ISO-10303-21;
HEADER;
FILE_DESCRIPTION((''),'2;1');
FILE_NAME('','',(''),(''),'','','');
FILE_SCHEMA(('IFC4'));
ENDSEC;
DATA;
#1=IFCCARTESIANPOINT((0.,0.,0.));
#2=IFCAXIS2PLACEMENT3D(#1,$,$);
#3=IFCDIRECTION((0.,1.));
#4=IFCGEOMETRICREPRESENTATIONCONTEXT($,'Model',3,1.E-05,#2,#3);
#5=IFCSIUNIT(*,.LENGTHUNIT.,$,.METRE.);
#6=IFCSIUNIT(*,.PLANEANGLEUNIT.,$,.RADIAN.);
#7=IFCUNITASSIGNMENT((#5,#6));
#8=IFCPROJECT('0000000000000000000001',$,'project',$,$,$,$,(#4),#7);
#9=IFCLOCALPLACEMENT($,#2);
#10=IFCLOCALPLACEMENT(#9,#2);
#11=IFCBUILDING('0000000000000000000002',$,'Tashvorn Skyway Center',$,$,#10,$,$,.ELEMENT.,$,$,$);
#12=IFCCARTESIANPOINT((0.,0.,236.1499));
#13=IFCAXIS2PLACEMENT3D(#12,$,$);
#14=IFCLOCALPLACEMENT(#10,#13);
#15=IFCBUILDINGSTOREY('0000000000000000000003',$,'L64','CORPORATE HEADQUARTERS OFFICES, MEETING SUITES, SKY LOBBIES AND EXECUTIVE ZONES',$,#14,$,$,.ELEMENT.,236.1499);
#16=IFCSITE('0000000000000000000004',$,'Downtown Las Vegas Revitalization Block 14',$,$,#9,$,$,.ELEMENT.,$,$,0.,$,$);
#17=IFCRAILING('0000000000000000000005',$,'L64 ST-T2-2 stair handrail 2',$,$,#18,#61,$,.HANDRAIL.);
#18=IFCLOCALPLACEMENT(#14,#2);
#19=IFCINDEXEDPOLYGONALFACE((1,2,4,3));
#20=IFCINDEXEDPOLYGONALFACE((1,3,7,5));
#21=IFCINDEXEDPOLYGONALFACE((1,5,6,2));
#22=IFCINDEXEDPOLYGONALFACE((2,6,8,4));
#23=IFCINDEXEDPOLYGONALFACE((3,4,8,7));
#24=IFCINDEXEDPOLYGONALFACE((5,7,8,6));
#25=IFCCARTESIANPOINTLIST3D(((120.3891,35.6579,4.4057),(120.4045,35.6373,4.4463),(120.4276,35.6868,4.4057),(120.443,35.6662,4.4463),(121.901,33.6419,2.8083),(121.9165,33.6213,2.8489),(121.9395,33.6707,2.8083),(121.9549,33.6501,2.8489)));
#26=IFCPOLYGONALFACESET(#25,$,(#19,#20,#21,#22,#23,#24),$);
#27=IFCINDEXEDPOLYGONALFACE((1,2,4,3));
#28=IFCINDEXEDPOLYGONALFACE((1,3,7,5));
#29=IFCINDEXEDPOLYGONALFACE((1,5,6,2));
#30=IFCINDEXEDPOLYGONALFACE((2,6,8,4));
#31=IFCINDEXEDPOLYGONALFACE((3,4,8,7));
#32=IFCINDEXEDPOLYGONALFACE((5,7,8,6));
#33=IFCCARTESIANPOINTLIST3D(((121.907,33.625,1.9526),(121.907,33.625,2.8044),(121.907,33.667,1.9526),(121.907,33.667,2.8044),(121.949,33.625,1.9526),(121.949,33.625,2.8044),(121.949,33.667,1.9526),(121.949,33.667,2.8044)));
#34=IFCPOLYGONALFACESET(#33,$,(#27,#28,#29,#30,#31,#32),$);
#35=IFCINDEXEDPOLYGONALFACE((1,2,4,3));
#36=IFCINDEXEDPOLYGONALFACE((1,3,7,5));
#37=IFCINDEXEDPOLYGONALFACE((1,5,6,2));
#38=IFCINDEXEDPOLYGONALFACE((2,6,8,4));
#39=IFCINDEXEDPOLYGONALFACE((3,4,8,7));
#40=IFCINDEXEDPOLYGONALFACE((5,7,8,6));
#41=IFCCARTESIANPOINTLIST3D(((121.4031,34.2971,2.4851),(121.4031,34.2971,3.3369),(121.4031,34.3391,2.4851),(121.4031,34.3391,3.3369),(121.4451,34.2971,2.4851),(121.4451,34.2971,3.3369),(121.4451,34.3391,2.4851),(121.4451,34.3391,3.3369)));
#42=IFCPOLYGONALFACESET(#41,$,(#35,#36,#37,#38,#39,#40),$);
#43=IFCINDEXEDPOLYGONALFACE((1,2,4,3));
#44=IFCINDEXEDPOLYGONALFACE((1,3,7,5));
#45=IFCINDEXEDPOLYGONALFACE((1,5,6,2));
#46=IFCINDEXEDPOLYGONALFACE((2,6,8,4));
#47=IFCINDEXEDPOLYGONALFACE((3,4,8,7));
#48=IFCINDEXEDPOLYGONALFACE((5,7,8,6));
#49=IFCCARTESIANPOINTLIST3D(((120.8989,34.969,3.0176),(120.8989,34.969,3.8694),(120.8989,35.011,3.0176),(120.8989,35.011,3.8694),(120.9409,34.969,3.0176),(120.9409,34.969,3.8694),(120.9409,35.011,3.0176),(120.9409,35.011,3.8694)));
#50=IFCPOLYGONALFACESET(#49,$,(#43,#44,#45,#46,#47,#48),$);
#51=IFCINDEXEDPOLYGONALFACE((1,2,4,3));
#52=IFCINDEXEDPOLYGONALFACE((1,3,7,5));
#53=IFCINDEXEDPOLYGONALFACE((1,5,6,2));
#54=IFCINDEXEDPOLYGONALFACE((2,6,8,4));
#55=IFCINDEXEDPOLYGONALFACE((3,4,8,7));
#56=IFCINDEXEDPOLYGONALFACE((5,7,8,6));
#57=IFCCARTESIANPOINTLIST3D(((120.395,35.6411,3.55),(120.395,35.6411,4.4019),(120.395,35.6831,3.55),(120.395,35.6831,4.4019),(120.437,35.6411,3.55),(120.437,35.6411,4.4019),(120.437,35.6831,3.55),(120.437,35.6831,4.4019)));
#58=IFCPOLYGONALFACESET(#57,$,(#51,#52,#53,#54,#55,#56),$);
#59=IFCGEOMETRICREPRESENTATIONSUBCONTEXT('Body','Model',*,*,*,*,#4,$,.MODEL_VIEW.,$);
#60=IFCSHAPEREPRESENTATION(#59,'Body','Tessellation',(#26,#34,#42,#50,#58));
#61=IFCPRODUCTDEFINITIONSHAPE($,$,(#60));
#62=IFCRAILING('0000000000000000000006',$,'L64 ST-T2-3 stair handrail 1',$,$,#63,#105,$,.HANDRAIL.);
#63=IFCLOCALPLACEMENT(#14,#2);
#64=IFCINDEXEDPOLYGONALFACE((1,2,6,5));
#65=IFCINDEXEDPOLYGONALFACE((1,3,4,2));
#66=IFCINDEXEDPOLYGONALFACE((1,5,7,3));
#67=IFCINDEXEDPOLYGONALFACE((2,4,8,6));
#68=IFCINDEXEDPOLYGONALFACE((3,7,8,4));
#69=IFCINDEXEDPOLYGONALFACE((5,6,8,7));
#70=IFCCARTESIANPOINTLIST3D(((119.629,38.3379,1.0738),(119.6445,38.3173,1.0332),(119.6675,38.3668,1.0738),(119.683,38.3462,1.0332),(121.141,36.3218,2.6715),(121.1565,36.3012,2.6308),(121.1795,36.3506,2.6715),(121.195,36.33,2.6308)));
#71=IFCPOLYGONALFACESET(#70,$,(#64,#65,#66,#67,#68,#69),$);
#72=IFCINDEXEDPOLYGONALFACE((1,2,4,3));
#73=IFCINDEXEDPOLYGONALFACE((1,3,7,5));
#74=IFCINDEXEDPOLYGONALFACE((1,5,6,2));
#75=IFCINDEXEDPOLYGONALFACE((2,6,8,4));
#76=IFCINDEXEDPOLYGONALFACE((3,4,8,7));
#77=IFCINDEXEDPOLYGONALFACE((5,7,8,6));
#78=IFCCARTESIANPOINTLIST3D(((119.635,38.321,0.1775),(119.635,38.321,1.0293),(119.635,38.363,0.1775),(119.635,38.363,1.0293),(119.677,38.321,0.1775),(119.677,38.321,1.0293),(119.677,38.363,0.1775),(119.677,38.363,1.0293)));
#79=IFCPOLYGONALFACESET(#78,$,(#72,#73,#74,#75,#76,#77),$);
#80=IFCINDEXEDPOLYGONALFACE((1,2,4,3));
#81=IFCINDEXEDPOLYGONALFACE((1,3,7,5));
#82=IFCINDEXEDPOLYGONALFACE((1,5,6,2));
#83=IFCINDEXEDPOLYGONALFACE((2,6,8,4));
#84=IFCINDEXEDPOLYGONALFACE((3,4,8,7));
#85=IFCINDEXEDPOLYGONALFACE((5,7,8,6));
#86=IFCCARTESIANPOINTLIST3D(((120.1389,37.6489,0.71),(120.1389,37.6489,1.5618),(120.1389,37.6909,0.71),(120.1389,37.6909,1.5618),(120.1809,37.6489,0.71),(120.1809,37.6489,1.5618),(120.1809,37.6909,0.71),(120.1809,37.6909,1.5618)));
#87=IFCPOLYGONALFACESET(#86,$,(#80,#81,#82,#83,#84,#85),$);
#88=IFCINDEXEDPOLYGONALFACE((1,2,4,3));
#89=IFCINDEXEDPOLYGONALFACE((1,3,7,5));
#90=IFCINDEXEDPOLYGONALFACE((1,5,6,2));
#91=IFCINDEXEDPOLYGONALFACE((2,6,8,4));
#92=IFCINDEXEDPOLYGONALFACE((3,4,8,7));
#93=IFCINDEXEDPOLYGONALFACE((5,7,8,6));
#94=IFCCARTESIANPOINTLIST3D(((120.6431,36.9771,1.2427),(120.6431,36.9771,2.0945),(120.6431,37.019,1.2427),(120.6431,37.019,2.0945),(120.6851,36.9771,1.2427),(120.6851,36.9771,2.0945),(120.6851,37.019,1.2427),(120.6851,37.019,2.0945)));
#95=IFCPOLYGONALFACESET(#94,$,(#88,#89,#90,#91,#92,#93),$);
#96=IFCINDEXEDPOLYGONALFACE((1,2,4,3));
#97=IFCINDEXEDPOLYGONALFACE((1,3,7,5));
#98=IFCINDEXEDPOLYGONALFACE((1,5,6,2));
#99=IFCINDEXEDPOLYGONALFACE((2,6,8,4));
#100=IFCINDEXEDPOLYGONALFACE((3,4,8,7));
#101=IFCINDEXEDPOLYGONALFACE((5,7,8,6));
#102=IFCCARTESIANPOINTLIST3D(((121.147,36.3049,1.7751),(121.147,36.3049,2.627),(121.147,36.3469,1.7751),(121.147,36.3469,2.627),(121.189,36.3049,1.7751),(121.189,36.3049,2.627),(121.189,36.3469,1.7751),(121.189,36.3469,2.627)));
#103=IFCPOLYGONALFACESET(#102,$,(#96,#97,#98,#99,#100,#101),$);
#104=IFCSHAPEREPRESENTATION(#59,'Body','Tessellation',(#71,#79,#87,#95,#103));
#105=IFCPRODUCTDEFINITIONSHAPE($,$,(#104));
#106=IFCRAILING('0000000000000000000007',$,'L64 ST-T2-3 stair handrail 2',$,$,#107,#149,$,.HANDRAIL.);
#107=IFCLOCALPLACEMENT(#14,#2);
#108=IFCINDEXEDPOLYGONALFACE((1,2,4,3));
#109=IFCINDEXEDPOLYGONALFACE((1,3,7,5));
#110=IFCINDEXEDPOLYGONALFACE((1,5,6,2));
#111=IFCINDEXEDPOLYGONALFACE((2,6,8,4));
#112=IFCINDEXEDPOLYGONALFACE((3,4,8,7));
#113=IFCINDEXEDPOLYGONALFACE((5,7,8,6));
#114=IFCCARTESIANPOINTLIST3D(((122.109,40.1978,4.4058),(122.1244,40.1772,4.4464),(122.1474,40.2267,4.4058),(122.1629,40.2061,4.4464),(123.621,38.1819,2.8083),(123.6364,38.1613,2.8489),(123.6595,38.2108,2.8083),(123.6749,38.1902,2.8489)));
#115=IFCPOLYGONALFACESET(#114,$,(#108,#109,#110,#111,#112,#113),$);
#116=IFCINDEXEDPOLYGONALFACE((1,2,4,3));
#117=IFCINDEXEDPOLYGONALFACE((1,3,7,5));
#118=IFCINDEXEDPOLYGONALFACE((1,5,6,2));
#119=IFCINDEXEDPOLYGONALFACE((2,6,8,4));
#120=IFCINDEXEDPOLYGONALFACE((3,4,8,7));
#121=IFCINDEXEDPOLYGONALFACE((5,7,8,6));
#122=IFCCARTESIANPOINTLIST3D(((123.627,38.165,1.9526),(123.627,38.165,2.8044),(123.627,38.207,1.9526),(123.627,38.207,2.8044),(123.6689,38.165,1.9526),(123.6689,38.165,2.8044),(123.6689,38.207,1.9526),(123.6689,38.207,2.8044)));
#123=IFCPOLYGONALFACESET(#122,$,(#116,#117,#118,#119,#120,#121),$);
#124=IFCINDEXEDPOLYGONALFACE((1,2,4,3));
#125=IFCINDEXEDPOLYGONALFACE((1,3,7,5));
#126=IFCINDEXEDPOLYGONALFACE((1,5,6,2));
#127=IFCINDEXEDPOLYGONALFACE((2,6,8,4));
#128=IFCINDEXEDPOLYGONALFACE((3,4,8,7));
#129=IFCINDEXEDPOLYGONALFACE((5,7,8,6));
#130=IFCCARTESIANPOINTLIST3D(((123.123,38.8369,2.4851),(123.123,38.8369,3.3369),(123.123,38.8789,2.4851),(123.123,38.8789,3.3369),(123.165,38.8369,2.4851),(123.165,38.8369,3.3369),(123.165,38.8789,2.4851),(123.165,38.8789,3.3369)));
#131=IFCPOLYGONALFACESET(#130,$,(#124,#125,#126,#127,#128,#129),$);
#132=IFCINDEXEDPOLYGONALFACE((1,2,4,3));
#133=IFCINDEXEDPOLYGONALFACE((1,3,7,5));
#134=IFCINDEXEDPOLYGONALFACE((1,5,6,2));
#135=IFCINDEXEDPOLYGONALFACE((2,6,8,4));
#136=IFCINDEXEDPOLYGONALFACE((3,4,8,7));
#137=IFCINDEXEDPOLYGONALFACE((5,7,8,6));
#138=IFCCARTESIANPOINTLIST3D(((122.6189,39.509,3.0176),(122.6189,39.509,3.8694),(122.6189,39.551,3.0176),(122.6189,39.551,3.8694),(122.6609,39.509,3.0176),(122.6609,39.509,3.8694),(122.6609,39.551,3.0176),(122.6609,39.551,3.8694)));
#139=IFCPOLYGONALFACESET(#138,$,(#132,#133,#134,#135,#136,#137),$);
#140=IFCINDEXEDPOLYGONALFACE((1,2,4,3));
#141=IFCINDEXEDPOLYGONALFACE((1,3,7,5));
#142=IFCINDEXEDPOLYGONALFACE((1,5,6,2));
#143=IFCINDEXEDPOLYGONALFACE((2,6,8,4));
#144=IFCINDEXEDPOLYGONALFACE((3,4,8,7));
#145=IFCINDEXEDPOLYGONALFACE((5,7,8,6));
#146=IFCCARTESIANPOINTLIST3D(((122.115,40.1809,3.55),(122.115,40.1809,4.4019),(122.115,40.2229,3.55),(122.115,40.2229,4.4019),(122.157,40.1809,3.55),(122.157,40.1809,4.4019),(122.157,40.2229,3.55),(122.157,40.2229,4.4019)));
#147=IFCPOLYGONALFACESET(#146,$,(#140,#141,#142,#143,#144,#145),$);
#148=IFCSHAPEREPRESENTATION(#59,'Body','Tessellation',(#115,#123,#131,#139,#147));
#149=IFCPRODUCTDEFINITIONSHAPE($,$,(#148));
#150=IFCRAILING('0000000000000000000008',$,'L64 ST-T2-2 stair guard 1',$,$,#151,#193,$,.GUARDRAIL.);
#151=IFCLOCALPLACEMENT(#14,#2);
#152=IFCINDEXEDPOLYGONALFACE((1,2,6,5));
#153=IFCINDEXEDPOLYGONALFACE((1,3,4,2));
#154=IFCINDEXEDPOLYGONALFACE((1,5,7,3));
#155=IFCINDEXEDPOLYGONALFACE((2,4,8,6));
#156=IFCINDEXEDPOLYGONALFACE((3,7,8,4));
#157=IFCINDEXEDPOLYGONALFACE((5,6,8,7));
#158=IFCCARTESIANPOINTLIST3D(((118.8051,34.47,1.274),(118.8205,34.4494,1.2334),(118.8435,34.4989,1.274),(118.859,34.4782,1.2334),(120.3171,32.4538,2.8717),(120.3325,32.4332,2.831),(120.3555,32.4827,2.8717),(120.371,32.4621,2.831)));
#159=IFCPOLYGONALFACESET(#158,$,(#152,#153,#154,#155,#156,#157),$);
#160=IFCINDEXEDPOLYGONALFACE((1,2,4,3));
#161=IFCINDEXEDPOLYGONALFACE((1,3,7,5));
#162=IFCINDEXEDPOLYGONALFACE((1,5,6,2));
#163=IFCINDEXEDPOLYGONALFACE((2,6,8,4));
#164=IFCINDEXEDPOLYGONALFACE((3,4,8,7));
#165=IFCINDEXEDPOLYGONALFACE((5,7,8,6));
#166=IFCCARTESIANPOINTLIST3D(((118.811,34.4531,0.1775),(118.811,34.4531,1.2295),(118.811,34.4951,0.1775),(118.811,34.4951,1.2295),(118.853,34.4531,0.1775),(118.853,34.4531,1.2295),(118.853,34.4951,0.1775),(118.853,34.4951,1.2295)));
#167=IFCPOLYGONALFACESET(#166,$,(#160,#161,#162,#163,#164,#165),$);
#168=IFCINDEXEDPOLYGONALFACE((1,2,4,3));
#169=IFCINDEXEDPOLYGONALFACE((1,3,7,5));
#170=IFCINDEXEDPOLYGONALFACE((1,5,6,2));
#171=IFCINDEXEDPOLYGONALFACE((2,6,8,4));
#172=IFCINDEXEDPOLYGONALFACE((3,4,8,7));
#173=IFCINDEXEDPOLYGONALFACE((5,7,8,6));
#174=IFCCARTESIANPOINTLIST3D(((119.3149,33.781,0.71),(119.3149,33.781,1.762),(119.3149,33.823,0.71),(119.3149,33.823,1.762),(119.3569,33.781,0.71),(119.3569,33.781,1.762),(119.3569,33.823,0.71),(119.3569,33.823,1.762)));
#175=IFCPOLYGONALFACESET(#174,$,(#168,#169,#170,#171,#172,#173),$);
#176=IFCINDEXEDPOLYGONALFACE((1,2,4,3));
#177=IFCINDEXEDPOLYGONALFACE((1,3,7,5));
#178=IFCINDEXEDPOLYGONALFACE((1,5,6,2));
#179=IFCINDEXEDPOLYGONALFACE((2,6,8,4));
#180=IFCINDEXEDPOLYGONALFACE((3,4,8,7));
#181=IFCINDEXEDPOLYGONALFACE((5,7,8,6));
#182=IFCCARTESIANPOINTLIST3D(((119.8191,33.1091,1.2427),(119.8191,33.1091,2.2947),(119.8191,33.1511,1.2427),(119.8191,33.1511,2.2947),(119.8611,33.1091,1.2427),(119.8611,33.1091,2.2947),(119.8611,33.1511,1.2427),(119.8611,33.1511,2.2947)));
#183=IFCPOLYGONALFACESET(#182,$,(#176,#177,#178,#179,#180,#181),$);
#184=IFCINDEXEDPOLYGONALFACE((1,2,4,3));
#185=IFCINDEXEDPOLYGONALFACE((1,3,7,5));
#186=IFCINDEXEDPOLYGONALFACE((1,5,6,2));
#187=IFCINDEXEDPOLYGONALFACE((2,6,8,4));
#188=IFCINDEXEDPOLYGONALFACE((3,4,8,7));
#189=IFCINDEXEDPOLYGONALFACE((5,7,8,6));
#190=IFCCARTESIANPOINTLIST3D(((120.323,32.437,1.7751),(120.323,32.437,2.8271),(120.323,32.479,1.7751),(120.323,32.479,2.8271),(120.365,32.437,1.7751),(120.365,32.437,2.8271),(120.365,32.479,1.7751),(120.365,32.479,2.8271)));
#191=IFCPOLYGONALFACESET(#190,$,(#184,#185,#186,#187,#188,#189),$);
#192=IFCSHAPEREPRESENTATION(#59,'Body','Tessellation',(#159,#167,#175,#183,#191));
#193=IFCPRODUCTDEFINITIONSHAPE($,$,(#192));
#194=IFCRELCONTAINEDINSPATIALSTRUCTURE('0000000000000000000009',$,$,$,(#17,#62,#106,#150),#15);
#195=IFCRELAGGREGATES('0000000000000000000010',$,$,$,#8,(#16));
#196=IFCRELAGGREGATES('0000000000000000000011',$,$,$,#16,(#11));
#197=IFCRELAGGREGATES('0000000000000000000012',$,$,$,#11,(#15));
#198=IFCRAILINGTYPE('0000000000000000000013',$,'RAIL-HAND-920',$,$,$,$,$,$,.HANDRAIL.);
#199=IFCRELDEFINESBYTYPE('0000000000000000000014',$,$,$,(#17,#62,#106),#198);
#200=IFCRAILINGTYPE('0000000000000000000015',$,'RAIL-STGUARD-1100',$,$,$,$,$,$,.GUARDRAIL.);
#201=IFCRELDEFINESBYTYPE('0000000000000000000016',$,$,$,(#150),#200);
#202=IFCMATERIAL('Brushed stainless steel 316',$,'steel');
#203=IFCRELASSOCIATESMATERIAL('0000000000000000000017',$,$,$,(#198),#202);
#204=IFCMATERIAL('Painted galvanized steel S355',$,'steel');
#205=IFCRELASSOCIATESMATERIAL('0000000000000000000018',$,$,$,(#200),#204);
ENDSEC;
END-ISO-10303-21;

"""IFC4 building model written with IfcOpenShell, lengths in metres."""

from ifc_helpers import new_model, si_unit, direction, frame, origin, origin_2d, place, context, subcontext, project, spatial, rectangle, extrude, material, type_object, element, save


model = new_model("IFC4")

# Units and contexts
model_context = context("Model", 3, precision=1e-05, world=origin(), true_north=direction((0.0, 1.0)))
body_context = subcontext(model_context, "Body", "Model", "MODEL_VIEW")
ifc_project = project(units=[si_unit("LENGTHUNIT", "METRE"), si_unit("PLANEANGLEUNIT", "RADIAN")], contexts=[model_context])

# Site, building, storey
site_placement = place(None, origin())
site = spatial("IfcSite", under=ifc_project, at=site_placement, Name="Downtown Las Vegas Revitalization Block 14", CompositionType="ELEMENT", RefElevation=0.0)
building_placement = place(site_placement, origin())
building = spatial("IfcBuilding", under=site, at=building_placement, Name="Tashvorn Skyway Center", CompositionType="ELEMENT")
storey_placement = place(building_placement, frame((0.0, 0.0, 236.1499)))
storey = spatial("IfcBuildingStorey", under=building, at=storey_placement, Name="L64", Description="CORPORATE HEADQUARTERS OFFICES, MEETING SUITES, SKY LOBBIES AND EXECUTIVE ZONES", CompositionType="ELEMENT", Elevation=236.1499)

# Railings
ifc_material_1 = material(Name="Brushed stainless steel 316", Category="steel")
railing_type_1 = type_object("IfcRailingType", Name="RAIL-HAND-920", PredefinedType="HANDRAIL", material=ifc_material_1)
railing_1_placement = place(storey_placement, frame((121.928, 33.646, 1.9526)))
element("IfcRailing", 1, at=railing_1_placement, inside=storey, type_object=railing_type_1, Name="L64 ST-T2-2 stair handrail 2", PredefinedType="HANDRAIL", context=body_context, shape_type="SweptSolid", body=[
    extrude(rectangle(XDim=0.0481, YDim=0.0481, at=origin_2d()), frame((0.0, 0.0, 0.876), z_axis=(-0.506741, 0.675709, 0.535379), x_axis=(-0.800023, -0.599969, 0.0)), (0.0, 0.0, 1.0), 2.9836),
    extrude(rectangle(XDim=0.042, YDim=0.042, at=origin_2d()), origin(), (0.0, 0.0, 1.0), 0.8518),
    extrude(rectangle(XDim=0.042, YDim=0.042, at=origin_2d()), frame((-0.5039, 0.6721, 0.5325)), (0.0, 0.0, 1.0), 0.8518),
    extrude(rectangle(XDim=0.042, YDim=0.042, at=origin_2d()), frame((-1.0081, 1.344, 1.0649)), (0.0, 0.0, 1.0), 0.8518),
    extrude(rectangle(XDim=0.042, YDim=0.042, at=origin_2d()), frame((-1.512, 2.0161, 1.5974)), (0.0, 0.0, 1.0), 0.8518),
])
railing_2_placement = place(storey_placement, frame((119.656, 38.342, 0.1775)))
element("IfcRailing", 2, at=railing_2_placement, inside=storey, type_object=railing_type_1, Name="L64 ST-T2-3 stair handrail 1", PredefinedType="HANDRAIL", context=body_context, shape_type="SweptSolid", body=[
    extrude(rectangle(XDim=0.0481, YDim=0.0481, at=origin_2d()), frame((0.0, 0.0, 0.876), z_axis=(0.506719, -0.675679, 0.535438), x_axis=(0.800023, 0.599969, 0.0)), (0.0, 0.0, 1.0), 2.9839),
    extrude(rectangle(XDim=0.042, YDim=0.042, at=origin_2d()), origin(), (0.0, 0.0, 1.0), 0.8518),
    extrude(rectangle(XDim=0.042, YDim=0.042, at=origin_2d()), frame((0.5039, -0.6721, 0.5325)), (0.0, 0.0, 1.0), 0.8518),
    extrude(rectangle(XDim=0.042, YDim=0.042, at=origin_2d()), frame((1.0081, -1.344, 1.0652)), (0.0, 0.0, 1.0), 0.8518),
    extrude(rectangle(XDim=0.042, YDim=0.042, at=origin_2d()), frame((1.512, -2.0161, 1.5977)), (0.0, 0.0, 1.0), 0.8518),
])
railing_3_placement = place(storey_placement, frame((123.6479, 38.186, 1.9526)))
element("IfcRailing", 3, at=railing_3_placement, inside=storey, type_object=railing_type_1, Name="L64 ST-T2-3 stair handrail 2", PredefinedType="HANDRAIL", context=body_context, shape_type="SweptSolid", body=[
    extrude(rectangle(XDim=0.0481, YDim=0.0481, at=origin_2d()), frame((0.0, 0.0, 0.876), z_axis=(-0.506769, 0.675664, 0.535409), x_axis=(-0.799988, -0.600016, 0.0)), (0.0, 0.0, 1.0), 2.9836),
    extrude(rectangle(XDim=0.042, YDim=0.042, at=origin_2d()), origin(), (0.0, 0.0, 1.0), 0.8518),
    extrude(rectangle(XDim=0.042, YDim=0.042, at=origin_2d()), frame((-0.5039, 0.6719, 0.5325)), (0.0, 0.0, 1.0), 0.8518),
    extrude(rectangle(XDim=0.042, YDim=0.042, at=origin_2d()), frame((-1.0081, 1.344, 1.0649)), (0.0, 0.0, 1.0), 0.8518),
    extrude(rectangle(XDim=0.042, YDim=0.042, at=origin_2d()), frame((-1.512, 2.0159, 1.5974)), (0.0, 0.0, 1.0), 0.8518),
])
ifc_material_2 = material(Name="Painted galvanized steel S355", Category="steel")
railing_type_2 = type_object("IfcRailingType", Name="RAIL-STGUARD-1100", PredefinedType="GUARDRAIL", material=ifc_material_2)
railing_4_placement = place(storey_placement, frame((118.832, 34.4741, 0.1775)))
element("IfcRailing", 4, at=railing_4_placement, inside=storey, type_object=railing_type_2, Name="L64 ST-T2-2 stair guard 1", PredefinedType="GUARDRAIL", context=body_context, shape_type="SweptSolid", body=[
    extrude(rectangle(XDim=0.0481, YDim=0.0481, at=origin_2d()), frame((0.0, 0.0, 1.0762), z_axis=(0.506719, -0.675679, 0.535438), x_axis=(0.800023, 0.599969, 0.0)), (0.0, 0.0, 1.0), 2.9839),
    extrude(rectangle(XDim=0.042, YDim=0.042, at=origin_2d()), origin(), (0.0, 0.0, 1.0), 1.052),
    extrude(rectangle(XDim=0.042, YDim=0.042, at=origin_2d()), frame((0.5039, -0.6721, 0.5325)), (0.0, 0.0, 1.0), 1.052),
    extrude(rectangle(XDim=0.042, YDim=0.042, at=origin_2d()), frame((1.0081, -1.344, 1.0652)), (0.0, 0.0, 1.0), 1.052),
    extrude(rectangle(XDim=0.042, YDim=0.042, at=origin_2d()), frame((1.512, -2.0161, 1.5977)), (0.0, 0.0, 1.0), 1.052),
])

save(model, "model.ifc")
